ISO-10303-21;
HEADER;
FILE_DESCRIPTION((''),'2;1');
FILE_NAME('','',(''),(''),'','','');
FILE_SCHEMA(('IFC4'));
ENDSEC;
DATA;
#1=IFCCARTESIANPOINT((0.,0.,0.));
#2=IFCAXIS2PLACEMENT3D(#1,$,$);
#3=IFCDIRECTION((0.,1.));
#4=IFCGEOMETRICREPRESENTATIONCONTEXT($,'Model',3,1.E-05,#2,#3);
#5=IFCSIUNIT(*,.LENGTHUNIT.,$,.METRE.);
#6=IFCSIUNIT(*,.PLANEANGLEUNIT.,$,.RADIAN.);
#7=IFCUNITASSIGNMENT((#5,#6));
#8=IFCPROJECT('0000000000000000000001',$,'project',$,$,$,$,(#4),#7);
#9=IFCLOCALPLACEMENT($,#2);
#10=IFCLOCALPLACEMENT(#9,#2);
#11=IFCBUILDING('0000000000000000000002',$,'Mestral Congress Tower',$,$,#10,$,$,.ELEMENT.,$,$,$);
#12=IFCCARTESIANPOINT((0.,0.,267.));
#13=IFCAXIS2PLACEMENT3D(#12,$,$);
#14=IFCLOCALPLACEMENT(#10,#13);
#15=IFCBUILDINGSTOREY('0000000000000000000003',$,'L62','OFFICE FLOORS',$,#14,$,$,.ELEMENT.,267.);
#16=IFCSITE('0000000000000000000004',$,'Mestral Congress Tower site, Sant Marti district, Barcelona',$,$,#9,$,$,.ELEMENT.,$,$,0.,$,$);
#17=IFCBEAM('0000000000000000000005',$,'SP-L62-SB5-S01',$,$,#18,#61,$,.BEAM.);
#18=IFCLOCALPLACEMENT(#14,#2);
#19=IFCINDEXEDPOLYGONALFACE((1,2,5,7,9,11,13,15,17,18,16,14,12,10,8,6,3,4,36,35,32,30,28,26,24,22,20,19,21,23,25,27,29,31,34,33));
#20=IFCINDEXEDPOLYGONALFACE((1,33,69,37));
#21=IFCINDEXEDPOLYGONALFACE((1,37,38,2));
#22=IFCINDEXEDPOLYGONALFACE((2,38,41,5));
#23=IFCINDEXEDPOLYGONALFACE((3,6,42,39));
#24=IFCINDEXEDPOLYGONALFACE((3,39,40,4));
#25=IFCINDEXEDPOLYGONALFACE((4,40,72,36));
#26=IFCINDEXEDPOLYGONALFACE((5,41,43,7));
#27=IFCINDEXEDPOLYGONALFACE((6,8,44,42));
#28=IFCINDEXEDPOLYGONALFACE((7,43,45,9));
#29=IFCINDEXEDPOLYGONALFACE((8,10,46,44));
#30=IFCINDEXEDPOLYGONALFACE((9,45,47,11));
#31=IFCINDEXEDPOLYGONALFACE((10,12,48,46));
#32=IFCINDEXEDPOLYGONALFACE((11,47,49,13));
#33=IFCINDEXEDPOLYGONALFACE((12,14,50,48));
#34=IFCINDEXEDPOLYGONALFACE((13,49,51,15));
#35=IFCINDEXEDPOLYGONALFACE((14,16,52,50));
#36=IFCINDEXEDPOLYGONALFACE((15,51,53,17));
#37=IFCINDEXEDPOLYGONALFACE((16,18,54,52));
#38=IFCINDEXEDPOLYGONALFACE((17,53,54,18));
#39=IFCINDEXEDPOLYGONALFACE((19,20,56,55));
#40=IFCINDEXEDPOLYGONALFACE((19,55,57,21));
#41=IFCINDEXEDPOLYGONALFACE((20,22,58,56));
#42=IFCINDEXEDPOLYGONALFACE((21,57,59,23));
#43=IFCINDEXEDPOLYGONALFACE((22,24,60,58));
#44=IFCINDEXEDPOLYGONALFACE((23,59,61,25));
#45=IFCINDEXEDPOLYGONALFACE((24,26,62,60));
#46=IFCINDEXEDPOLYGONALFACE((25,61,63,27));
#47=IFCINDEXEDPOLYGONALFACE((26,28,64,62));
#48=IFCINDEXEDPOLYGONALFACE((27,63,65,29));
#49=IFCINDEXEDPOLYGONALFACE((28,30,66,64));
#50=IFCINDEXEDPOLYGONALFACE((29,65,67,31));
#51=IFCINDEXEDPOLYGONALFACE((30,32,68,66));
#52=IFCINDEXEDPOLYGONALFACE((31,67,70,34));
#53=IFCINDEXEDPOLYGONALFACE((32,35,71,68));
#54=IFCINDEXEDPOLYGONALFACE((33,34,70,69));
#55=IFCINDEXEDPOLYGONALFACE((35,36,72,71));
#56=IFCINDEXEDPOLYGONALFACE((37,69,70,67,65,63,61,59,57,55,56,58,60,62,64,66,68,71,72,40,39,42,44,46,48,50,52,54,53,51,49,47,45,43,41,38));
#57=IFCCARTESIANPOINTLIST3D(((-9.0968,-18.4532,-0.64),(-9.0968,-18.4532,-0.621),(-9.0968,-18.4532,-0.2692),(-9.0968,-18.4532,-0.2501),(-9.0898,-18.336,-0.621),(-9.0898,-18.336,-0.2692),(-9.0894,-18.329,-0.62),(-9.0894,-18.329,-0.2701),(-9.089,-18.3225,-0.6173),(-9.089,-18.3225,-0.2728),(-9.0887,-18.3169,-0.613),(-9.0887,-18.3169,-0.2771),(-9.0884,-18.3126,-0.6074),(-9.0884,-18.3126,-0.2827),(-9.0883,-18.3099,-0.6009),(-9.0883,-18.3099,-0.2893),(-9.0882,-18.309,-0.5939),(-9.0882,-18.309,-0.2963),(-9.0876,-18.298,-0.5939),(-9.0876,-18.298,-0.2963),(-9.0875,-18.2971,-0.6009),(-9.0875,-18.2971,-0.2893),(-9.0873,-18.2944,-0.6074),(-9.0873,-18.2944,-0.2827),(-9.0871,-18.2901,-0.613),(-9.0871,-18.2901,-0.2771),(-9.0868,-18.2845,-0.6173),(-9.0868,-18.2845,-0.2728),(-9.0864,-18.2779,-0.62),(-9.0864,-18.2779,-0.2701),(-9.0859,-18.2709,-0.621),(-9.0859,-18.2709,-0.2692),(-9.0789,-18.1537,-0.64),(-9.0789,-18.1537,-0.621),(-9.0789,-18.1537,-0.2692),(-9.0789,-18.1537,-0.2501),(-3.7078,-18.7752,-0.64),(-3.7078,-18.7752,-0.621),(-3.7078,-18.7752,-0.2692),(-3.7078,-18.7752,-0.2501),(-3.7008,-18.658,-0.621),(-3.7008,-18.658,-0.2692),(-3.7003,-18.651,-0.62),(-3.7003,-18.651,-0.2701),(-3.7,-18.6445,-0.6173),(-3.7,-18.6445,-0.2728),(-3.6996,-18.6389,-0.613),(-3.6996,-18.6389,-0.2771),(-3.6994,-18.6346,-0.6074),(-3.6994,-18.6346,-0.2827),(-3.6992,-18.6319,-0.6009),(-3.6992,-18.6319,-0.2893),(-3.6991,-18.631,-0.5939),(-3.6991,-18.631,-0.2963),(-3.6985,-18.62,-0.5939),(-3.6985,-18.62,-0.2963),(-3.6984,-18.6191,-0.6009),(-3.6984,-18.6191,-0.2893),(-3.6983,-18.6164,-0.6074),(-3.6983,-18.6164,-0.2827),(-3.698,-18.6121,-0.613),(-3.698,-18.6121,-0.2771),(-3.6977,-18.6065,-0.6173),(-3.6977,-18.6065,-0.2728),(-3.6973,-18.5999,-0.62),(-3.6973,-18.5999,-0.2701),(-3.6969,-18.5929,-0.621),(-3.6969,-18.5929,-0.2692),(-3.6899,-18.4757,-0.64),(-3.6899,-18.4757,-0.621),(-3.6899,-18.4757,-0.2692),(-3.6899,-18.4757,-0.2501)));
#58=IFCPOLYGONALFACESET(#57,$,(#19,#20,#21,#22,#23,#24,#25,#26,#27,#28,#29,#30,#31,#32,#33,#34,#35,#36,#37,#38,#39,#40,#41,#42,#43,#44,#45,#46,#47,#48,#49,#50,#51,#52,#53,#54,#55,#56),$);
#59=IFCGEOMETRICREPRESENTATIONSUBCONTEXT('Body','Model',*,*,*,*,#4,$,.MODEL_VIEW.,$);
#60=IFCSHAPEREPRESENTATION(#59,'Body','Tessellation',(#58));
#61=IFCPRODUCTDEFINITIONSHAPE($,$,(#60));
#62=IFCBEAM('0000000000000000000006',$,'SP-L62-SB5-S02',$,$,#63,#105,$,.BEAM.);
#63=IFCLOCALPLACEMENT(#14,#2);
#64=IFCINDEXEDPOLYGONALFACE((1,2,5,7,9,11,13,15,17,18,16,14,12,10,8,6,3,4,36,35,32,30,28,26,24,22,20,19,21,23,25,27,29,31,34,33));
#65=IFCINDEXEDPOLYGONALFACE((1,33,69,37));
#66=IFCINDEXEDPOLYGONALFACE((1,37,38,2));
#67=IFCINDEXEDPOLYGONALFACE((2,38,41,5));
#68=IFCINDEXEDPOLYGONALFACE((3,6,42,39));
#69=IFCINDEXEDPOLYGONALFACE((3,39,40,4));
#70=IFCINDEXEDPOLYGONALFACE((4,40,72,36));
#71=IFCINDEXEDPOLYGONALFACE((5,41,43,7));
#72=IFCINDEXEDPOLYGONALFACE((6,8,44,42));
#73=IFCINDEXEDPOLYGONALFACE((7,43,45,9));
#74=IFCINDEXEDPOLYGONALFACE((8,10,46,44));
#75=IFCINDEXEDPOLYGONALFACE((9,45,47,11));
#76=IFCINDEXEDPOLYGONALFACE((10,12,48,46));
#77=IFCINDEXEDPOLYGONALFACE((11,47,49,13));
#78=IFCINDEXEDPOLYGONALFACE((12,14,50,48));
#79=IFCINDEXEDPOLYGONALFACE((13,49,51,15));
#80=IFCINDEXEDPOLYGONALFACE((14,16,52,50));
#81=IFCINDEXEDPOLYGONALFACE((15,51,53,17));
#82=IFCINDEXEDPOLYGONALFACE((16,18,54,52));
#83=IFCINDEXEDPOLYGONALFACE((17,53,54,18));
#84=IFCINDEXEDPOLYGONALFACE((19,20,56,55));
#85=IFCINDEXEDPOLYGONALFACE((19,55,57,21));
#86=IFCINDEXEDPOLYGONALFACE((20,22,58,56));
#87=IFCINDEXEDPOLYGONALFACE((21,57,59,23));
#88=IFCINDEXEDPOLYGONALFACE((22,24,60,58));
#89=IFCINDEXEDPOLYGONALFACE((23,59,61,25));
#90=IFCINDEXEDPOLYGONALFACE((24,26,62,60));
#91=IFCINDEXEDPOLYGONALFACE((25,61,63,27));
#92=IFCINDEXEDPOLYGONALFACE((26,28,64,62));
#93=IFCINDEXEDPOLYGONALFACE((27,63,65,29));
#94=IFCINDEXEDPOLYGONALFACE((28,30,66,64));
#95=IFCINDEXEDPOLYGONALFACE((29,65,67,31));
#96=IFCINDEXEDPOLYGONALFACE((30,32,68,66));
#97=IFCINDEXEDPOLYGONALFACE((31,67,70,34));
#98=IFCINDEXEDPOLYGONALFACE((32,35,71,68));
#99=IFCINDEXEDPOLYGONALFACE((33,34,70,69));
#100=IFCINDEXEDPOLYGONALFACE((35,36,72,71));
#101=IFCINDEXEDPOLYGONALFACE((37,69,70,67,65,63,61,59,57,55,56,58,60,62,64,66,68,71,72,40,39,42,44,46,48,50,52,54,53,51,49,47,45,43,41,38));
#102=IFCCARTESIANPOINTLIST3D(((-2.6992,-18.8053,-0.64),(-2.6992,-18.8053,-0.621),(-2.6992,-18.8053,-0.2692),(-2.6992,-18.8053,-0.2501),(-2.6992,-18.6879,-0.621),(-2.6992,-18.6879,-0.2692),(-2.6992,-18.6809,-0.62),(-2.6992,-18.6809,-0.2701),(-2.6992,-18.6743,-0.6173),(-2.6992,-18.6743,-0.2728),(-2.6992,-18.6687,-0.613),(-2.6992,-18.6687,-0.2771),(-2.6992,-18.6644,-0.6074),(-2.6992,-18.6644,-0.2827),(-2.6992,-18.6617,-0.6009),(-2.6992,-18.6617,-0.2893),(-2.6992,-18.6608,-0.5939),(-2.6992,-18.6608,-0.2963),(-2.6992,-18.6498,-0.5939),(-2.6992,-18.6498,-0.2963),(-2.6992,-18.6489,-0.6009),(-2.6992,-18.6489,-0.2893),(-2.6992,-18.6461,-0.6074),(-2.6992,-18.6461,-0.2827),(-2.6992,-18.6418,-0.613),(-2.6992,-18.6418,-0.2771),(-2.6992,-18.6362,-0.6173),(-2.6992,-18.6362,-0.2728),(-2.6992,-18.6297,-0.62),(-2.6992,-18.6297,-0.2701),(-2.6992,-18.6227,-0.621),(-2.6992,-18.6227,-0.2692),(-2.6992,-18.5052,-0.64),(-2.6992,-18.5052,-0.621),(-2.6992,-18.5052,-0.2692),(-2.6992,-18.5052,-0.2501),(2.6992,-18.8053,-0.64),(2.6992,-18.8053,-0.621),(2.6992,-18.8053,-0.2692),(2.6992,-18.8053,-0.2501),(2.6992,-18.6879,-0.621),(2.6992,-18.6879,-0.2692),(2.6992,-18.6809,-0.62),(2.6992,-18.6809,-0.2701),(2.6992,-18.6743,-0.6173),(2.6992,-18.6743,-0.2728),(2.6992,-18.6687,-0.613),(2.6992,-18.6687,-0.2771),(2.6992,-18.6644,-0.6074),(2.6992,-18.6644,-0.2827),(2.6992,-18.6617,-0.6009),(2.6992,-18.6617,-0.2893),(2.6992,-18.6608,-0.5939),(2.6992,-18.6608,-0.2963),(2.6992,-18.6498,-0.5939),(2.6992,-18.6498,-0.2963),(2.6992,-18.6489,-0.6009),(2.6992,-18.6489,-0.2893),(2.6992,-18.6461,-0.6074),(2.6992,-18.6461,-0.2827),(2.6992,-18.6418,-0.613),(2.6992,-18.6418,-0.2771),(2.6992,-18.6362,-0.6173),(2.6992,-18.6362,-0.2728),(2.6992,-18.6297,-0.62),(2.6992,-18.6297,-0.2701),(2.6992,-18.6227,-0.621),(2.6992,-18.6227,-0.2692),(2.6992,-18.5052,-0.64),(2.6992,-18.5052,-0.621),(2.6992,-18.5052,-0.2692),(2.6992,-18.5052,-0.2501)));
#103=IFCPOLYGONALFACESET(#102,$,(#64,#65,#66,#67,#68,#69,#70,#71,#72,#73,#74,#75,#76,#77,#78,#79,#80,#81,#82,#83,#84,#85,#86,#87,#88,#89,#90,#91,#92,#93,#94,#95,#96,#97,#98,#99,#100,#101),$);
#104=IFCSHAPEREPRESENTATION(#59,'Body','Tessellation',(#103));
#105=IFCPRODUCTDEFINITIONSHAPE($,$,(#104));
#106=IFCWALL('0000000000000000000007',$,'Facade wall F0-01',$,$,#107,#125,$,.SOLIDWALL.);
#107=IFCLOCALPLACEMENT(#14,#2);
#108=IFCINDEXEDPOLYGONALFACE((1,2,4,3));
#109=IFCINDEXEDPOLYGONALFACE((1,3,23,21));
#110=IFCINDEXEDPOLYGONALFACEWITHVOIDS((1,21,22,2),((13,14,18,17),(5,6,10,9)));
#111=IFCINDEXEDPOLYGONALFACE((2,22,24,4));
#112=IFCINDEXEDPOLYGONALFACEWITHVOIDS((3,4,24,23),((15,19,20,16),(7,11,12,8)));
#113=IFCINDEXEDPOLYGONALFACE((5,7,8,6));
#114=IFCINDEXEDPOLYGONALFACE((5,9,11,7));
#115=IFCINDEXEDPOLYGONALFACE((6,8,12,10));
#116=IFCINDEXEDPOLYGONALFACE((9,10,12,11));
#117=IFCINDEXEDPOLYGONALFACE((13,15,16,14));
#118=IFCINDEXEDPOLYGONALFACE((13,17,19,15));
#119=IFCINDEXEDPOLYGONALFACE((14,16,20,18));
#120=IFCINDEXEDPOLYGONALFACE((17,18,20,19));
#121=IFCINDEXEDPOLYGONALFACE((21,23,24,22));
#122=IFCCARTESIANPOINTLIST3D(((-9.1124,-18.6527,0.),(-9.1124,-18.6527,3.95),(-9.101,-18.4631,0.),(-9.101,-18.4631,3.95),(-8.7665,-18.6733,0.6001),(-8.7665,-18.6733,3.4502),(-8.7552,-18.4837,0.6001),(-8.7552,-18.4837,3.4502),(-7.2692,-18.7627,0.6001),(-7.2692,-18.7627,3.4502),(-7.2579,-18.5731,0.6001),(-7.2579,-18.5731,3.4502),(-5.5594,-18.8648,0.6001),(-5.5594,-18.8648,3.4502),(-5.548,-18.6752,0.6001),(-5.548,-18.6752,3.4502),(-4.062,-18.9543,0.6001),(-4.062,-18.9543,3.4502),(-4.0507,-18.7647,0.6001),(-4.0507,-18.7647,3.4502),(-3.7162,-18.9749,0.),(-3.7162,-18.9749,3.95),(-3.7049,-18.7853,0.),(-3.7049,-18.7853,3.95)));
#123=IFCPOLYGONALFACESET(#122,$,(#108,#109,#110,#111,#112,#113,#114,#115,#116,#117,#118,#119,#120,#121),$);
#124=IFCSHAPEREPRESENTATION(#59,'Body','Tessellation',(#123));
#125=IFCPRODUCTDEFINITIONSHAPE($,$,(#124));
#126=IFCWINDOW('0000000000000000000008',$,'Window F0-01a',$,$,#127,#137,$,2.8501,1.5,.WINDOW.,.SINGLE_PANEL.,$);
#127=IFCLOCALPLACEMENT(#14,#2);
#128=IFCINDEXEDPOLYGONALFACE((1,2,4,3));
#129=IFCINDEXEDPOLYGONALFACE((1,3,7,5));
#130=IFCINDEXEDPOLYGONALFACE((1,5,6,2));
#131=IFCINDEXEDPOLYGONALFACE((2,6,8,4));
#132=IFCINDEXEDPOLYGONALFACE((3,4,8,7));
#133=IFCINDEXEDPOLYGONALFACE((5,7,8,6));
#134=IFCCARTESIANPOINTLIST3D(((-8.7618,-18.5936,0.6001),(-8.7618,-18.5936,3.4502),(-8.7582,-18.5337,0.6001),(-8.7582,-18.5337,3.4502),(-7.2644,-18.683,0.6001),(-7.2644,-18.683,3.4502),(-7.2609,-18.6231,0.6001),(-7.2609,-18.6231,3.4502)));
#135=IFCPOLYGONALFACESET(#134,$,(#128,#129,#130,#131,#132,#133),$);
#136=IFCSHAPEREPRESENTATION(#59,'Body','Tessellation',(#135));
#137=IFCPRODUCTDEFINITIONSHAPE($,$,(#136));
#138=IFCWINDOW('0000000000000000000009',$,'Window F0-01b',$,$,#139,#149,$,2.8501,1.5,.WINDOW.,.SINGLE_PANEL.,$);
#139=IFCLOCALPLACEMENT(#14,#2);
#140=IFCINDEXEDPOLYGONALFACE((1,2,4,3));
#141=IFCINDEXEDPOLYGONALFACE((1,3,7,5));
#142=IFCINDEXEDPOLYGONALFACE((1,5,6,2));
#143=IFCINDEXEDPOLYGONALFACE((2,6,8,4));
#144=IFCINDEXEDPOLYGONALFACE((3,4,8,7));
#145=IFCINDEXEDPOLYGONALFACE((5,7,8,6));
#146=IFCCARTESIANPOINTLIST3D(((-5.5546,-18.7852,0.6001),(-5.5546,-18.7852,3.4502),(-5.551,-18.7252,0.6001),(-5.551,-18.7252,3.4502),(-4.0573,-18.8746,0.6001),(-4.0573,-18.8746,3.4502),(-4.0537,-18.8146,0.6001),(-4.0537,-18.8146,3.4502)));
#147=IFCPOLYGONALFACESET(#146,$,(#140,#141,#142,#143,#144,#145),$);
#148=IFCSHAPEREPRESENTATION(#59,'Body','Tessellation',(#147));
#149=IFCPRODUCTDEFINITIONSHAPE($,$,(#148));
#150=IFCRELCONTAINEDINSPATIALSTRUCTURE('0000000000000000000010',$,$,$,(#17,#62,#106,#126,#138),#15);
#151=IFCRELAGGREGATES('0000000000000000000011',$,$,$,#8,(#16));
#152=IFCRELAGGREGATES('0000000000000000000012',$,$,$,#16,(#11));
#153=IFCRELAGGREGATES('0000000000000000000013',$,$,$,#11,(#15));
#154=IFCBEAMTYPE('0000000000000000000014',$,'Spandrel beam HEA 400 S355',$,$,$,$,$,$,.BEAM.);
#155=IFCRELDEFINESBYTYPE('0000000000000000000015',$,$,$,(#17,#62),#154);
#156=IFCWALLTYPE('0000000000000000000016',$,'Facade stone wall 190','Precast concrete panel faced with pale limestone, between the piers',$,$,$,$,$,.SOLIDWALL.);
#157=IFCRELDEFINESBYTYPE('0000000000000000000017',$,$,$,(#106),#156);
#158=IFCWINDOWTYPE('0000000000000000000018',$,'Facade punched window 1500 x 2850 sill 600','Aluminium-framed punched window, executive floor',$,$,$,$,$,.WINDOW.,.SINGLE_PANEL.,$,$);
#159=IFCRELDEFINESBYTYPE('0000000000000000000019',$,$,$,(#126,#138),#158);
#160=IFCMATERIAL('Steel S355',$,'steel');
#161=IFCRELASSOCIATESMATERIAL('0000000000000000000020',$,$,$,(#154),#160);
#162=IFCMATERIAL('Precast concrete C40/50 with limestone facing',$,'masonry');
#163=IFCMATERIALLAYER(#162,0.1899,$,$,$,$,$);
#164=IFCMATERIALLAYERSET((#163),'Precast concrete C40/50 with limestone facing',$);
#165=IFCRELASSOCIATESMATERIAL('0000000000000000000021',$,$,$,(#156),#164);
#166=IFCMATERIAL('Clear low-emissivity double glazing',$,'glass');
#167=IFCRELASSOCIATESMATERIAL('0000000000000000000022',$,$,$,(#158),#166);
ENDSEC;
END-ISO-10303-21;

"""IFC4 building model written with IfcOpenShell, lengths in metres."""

from ifc_helpers import new_model, si_unit, direction, frame, frame_2d, origin, origin_2d, place, context, subcontext, project, spatial, rectangle, i_section, extrude, material, layer, layer_set, material_profile, profile_set, type_object, element, fill, save


model = new_model("IFC4")

# Units and contexts
model_context = context("Model", 3, precision=1e-05, world=origin(), true_north=direction((0.0, 1.0)))
body_context = subcontext(model_context, "Body", "Model", "MODEL_VIEW")
ifc_project = project(units=[si_unit("LENGTHUNIT", "METRE"), si_unit("PLANEANGLEUNIT", "RADIAN")], contexts=[model_context])

# Site, building, storey
site_placement = place(None, origin())
site = spatial("IfcSite", under=ifc_project, at=site_placement, Name="Mestral Congress Tower site, Sant Marti district, Barcelona", CompositionType="ELEMENT", RefElevation=0.0)
building_placement = place(site_placement, origin())
building = spatial("IfcBuilding", under=site, at=building_placement, Name="Mestral Congress Tower", CompositionType="ELEMENT")
storey_placement = place(building_placement, frame((0.0, 0.0, 267.0)))
storey = spatial("IfcBuildingStorey", under=building, at=storey_placement, Name="L62", Description="OFFICE FLOORS", CompositionType="ELEMENT", Elevation=267.0)

# Beams
ifc_material_1 = material(Name="Steel S355", Category="steel")
ifc_material_profile_1 = material_profile(ifc_material_1, i_section(OverallWidth=0.3, OverallDepth=0.3899, WebThickness=0.011, FlangeThickness=0.019, FilletRadius=0.0271, at=origin_2d()), Name="HEA 400")
ifc_profile_set_1 = profile_set([ifc_material_profile_1], Name="Steel S355")
beam_type_1 = type_object("IfcBeamType", Name="Spandrel beam HEA 400 S355", PredefinedType="BEAM", material=ifc_profile_set_1)
beam_1_placement = place(storey_placement, frame((-9.0879, -18.3035, -0.4451), z_axis=(0.99822, -0.059647, 0.0), x_axis=(0.059647, 0.99822, 0.0)))
element("IfcBeam", 1, at=beam_1_placement, inside=storey, type_object=beam_type_1, Name="SP-L62-SB5-S01", PredefinedType="BEAM", context=body_context, shape_type="SweptSolid", body=[
    extrude(i_section(OverallWidth=0.3, OverallDepth=0.3899, WebThickness=0.011, FlangeThickness=0.019, FilletRadius=0.0271, at=origin_2d()), origin(), (0.0, 0.0, 1.0), 5.3987),
])
beam_2_placement = place(storey_placement, frame((-2.6992, -18.6553, -0.4451), z_axis=(1.0, 0.0, 0.0), x_axis=(0.0, 1.0, 0.0)))
element("IfcBeam", 2, at=beam_2_placement, inside=storey, type_object=beam_type_1, Name="SP-L62-SB5-S02", PredefinedType="BEAM", context=body_context, shape_type="SweptSolid", body=[
    extrude(i_section(OverallWidth=0.3, OverallDepth=0.3899, WebThickness=0.011, FlangeThickness=0.019, FilletRadius=0.0271, at=origin_2d()), origin(), (0.0, 0.0, 1.0), 5.3984),
])

# Wall, openings, windows
ifc_material_2 = material(Name="Precast concrete C40/50 with limestone facing", Category="masonry")
ifc_layer_1 = layer(ifc_material_2, 0.1899)
ifc_layer_set_1 = layer_set([ifc_layer_1], Name="Precast concrete C40/50 with limestone facing")
wall_type_1 = type_object("IfcWallType", Name="Facade stone wall 190", Description="Precast concrete panel faced with pale limestone, between the piers", PredefinedType="SOLIDWALL", material=ifc_layer_set_1)
wall_1_placement = place(storey_placement, frame((-9.1067, -18.5579, 0.0), z_axis=(0.0, 0.0, 1.0), x_axis=(0.998221, -0.059614, 0.0)))
wall_1 = element("IfcWall", 3, at=wall_1_placement, inside=storey, type_object=wall_type_1, Name="Facade wall F0-01", PredefinedType="SOLIDWALL", context=body_context, shape_type="SweptSolid", body=[
    extrude(rectangle(XDim=5.4058, YDim=0.1899, at=frame_2d((2.7029, 0.0))), origin(), (0.0, 0.0, 1.0), 3.95),
])
opening_1_placement = place(wall_1_placement, frame((0.3464, 0.0, 0.6001)))
opening_1 = element("IfcOpeningElement", 4, at=opening_1_placement, cuts=wall_1, PredefinedType="OPENING", context=body_context, shape_type="SweptSolid", body=[
    extrude(rectangle(XDim=1.5, YDim=2.8501, at=frame_2d((0.75, 1.425))), frame((0.0, 0.105, 0.0), z_axis=(0.0, -1.0, 0.0), x_axis=(1.0, 0.0, 0.0)), (0.0, 0.0, 1.0), 0.21),
])
opening_2_placement = place(wall_1_placement, frame((3.5593, 0.0, 0.6001)))
opening_2 = element("IfcOpeningElement", 5, at=opening_2_placement, cuts=wall_1, PredefinedType="OPENING", context=body_context, shape_type="SweptSolid", body=[
    extrude(rectangle(XDim=1.5, YDim=2.8501, at=frame_2d((0.75, 1.425))), frame((0.0, 0.105, 0.0), z_axis=(0.0, -1.0, 0.0), x_axis=(1.0, 0.0, 0.0)), (0.0, 0.0, 1.0), 0.21),
])
ifc_material_3 = material(Name="Clear low-emissivity double glazing", Category="glass")
window_type = type_object("IfcWindowType", Name="Facade punched window 1500 x 2850 sill 600", Description="Aluminium-framed punched window, executive floor", PartitioningType="SINGLE_PANEL", PredefinedType="WINDOW", material=ifc_material_3)
window_1_placement = place(opening_1_placement, origin())
window_1 = element("IfcWindow", 6, at=window_1_placement, inside=storey, type_object=window_type, Name="Window F0-01a", OverallHeight=2.8501, OverallWidth=1.5, PartitioningType="SINGLE_PANEL", PredefinedType="WINDOW", context=body_context, shape_type="SweptSolid", body=[
    extrude(rectangle(XDim=1.5, YDim=2.8501, at=frame_2d((0.75, 1.425))), frame((0.0, 0.0449, 0.0), z_axis=(0.0, -1.0, 0.0), x_axis=(1.0, 0.0, 0.0)), (0.0, 0.0, 1.0), 0.0601),
])
fill(opening_1, window_1)
window_2_placement = place(opening_2_placement, origin())
window_2 = element("IfcWindow", 7, at=window_2_placement, inside=storey, type_object=window_type, Name="Window F0-01b", OverallHeight=2.8501, OverallWidth=1.5, PartitioningType="SINGLE_PANEL", PredefinedType="WINDOW", context=body_context, shape_type="SweptSolid", body=[
    extrude(rectangle(XDim=1.5, YDim=2.8501, at=frame_2d((0.75, 1.425))), frame((0.0, 0.0449, 0.0), z_axis=(0.0, -1.0, 0.0), x_axis=(1.0, 0.0, 0.0)), (0.0, 0.0, 1.0), 0.0601),
])
fill(opening_2, window_2)

save(model, "model.ifc")
